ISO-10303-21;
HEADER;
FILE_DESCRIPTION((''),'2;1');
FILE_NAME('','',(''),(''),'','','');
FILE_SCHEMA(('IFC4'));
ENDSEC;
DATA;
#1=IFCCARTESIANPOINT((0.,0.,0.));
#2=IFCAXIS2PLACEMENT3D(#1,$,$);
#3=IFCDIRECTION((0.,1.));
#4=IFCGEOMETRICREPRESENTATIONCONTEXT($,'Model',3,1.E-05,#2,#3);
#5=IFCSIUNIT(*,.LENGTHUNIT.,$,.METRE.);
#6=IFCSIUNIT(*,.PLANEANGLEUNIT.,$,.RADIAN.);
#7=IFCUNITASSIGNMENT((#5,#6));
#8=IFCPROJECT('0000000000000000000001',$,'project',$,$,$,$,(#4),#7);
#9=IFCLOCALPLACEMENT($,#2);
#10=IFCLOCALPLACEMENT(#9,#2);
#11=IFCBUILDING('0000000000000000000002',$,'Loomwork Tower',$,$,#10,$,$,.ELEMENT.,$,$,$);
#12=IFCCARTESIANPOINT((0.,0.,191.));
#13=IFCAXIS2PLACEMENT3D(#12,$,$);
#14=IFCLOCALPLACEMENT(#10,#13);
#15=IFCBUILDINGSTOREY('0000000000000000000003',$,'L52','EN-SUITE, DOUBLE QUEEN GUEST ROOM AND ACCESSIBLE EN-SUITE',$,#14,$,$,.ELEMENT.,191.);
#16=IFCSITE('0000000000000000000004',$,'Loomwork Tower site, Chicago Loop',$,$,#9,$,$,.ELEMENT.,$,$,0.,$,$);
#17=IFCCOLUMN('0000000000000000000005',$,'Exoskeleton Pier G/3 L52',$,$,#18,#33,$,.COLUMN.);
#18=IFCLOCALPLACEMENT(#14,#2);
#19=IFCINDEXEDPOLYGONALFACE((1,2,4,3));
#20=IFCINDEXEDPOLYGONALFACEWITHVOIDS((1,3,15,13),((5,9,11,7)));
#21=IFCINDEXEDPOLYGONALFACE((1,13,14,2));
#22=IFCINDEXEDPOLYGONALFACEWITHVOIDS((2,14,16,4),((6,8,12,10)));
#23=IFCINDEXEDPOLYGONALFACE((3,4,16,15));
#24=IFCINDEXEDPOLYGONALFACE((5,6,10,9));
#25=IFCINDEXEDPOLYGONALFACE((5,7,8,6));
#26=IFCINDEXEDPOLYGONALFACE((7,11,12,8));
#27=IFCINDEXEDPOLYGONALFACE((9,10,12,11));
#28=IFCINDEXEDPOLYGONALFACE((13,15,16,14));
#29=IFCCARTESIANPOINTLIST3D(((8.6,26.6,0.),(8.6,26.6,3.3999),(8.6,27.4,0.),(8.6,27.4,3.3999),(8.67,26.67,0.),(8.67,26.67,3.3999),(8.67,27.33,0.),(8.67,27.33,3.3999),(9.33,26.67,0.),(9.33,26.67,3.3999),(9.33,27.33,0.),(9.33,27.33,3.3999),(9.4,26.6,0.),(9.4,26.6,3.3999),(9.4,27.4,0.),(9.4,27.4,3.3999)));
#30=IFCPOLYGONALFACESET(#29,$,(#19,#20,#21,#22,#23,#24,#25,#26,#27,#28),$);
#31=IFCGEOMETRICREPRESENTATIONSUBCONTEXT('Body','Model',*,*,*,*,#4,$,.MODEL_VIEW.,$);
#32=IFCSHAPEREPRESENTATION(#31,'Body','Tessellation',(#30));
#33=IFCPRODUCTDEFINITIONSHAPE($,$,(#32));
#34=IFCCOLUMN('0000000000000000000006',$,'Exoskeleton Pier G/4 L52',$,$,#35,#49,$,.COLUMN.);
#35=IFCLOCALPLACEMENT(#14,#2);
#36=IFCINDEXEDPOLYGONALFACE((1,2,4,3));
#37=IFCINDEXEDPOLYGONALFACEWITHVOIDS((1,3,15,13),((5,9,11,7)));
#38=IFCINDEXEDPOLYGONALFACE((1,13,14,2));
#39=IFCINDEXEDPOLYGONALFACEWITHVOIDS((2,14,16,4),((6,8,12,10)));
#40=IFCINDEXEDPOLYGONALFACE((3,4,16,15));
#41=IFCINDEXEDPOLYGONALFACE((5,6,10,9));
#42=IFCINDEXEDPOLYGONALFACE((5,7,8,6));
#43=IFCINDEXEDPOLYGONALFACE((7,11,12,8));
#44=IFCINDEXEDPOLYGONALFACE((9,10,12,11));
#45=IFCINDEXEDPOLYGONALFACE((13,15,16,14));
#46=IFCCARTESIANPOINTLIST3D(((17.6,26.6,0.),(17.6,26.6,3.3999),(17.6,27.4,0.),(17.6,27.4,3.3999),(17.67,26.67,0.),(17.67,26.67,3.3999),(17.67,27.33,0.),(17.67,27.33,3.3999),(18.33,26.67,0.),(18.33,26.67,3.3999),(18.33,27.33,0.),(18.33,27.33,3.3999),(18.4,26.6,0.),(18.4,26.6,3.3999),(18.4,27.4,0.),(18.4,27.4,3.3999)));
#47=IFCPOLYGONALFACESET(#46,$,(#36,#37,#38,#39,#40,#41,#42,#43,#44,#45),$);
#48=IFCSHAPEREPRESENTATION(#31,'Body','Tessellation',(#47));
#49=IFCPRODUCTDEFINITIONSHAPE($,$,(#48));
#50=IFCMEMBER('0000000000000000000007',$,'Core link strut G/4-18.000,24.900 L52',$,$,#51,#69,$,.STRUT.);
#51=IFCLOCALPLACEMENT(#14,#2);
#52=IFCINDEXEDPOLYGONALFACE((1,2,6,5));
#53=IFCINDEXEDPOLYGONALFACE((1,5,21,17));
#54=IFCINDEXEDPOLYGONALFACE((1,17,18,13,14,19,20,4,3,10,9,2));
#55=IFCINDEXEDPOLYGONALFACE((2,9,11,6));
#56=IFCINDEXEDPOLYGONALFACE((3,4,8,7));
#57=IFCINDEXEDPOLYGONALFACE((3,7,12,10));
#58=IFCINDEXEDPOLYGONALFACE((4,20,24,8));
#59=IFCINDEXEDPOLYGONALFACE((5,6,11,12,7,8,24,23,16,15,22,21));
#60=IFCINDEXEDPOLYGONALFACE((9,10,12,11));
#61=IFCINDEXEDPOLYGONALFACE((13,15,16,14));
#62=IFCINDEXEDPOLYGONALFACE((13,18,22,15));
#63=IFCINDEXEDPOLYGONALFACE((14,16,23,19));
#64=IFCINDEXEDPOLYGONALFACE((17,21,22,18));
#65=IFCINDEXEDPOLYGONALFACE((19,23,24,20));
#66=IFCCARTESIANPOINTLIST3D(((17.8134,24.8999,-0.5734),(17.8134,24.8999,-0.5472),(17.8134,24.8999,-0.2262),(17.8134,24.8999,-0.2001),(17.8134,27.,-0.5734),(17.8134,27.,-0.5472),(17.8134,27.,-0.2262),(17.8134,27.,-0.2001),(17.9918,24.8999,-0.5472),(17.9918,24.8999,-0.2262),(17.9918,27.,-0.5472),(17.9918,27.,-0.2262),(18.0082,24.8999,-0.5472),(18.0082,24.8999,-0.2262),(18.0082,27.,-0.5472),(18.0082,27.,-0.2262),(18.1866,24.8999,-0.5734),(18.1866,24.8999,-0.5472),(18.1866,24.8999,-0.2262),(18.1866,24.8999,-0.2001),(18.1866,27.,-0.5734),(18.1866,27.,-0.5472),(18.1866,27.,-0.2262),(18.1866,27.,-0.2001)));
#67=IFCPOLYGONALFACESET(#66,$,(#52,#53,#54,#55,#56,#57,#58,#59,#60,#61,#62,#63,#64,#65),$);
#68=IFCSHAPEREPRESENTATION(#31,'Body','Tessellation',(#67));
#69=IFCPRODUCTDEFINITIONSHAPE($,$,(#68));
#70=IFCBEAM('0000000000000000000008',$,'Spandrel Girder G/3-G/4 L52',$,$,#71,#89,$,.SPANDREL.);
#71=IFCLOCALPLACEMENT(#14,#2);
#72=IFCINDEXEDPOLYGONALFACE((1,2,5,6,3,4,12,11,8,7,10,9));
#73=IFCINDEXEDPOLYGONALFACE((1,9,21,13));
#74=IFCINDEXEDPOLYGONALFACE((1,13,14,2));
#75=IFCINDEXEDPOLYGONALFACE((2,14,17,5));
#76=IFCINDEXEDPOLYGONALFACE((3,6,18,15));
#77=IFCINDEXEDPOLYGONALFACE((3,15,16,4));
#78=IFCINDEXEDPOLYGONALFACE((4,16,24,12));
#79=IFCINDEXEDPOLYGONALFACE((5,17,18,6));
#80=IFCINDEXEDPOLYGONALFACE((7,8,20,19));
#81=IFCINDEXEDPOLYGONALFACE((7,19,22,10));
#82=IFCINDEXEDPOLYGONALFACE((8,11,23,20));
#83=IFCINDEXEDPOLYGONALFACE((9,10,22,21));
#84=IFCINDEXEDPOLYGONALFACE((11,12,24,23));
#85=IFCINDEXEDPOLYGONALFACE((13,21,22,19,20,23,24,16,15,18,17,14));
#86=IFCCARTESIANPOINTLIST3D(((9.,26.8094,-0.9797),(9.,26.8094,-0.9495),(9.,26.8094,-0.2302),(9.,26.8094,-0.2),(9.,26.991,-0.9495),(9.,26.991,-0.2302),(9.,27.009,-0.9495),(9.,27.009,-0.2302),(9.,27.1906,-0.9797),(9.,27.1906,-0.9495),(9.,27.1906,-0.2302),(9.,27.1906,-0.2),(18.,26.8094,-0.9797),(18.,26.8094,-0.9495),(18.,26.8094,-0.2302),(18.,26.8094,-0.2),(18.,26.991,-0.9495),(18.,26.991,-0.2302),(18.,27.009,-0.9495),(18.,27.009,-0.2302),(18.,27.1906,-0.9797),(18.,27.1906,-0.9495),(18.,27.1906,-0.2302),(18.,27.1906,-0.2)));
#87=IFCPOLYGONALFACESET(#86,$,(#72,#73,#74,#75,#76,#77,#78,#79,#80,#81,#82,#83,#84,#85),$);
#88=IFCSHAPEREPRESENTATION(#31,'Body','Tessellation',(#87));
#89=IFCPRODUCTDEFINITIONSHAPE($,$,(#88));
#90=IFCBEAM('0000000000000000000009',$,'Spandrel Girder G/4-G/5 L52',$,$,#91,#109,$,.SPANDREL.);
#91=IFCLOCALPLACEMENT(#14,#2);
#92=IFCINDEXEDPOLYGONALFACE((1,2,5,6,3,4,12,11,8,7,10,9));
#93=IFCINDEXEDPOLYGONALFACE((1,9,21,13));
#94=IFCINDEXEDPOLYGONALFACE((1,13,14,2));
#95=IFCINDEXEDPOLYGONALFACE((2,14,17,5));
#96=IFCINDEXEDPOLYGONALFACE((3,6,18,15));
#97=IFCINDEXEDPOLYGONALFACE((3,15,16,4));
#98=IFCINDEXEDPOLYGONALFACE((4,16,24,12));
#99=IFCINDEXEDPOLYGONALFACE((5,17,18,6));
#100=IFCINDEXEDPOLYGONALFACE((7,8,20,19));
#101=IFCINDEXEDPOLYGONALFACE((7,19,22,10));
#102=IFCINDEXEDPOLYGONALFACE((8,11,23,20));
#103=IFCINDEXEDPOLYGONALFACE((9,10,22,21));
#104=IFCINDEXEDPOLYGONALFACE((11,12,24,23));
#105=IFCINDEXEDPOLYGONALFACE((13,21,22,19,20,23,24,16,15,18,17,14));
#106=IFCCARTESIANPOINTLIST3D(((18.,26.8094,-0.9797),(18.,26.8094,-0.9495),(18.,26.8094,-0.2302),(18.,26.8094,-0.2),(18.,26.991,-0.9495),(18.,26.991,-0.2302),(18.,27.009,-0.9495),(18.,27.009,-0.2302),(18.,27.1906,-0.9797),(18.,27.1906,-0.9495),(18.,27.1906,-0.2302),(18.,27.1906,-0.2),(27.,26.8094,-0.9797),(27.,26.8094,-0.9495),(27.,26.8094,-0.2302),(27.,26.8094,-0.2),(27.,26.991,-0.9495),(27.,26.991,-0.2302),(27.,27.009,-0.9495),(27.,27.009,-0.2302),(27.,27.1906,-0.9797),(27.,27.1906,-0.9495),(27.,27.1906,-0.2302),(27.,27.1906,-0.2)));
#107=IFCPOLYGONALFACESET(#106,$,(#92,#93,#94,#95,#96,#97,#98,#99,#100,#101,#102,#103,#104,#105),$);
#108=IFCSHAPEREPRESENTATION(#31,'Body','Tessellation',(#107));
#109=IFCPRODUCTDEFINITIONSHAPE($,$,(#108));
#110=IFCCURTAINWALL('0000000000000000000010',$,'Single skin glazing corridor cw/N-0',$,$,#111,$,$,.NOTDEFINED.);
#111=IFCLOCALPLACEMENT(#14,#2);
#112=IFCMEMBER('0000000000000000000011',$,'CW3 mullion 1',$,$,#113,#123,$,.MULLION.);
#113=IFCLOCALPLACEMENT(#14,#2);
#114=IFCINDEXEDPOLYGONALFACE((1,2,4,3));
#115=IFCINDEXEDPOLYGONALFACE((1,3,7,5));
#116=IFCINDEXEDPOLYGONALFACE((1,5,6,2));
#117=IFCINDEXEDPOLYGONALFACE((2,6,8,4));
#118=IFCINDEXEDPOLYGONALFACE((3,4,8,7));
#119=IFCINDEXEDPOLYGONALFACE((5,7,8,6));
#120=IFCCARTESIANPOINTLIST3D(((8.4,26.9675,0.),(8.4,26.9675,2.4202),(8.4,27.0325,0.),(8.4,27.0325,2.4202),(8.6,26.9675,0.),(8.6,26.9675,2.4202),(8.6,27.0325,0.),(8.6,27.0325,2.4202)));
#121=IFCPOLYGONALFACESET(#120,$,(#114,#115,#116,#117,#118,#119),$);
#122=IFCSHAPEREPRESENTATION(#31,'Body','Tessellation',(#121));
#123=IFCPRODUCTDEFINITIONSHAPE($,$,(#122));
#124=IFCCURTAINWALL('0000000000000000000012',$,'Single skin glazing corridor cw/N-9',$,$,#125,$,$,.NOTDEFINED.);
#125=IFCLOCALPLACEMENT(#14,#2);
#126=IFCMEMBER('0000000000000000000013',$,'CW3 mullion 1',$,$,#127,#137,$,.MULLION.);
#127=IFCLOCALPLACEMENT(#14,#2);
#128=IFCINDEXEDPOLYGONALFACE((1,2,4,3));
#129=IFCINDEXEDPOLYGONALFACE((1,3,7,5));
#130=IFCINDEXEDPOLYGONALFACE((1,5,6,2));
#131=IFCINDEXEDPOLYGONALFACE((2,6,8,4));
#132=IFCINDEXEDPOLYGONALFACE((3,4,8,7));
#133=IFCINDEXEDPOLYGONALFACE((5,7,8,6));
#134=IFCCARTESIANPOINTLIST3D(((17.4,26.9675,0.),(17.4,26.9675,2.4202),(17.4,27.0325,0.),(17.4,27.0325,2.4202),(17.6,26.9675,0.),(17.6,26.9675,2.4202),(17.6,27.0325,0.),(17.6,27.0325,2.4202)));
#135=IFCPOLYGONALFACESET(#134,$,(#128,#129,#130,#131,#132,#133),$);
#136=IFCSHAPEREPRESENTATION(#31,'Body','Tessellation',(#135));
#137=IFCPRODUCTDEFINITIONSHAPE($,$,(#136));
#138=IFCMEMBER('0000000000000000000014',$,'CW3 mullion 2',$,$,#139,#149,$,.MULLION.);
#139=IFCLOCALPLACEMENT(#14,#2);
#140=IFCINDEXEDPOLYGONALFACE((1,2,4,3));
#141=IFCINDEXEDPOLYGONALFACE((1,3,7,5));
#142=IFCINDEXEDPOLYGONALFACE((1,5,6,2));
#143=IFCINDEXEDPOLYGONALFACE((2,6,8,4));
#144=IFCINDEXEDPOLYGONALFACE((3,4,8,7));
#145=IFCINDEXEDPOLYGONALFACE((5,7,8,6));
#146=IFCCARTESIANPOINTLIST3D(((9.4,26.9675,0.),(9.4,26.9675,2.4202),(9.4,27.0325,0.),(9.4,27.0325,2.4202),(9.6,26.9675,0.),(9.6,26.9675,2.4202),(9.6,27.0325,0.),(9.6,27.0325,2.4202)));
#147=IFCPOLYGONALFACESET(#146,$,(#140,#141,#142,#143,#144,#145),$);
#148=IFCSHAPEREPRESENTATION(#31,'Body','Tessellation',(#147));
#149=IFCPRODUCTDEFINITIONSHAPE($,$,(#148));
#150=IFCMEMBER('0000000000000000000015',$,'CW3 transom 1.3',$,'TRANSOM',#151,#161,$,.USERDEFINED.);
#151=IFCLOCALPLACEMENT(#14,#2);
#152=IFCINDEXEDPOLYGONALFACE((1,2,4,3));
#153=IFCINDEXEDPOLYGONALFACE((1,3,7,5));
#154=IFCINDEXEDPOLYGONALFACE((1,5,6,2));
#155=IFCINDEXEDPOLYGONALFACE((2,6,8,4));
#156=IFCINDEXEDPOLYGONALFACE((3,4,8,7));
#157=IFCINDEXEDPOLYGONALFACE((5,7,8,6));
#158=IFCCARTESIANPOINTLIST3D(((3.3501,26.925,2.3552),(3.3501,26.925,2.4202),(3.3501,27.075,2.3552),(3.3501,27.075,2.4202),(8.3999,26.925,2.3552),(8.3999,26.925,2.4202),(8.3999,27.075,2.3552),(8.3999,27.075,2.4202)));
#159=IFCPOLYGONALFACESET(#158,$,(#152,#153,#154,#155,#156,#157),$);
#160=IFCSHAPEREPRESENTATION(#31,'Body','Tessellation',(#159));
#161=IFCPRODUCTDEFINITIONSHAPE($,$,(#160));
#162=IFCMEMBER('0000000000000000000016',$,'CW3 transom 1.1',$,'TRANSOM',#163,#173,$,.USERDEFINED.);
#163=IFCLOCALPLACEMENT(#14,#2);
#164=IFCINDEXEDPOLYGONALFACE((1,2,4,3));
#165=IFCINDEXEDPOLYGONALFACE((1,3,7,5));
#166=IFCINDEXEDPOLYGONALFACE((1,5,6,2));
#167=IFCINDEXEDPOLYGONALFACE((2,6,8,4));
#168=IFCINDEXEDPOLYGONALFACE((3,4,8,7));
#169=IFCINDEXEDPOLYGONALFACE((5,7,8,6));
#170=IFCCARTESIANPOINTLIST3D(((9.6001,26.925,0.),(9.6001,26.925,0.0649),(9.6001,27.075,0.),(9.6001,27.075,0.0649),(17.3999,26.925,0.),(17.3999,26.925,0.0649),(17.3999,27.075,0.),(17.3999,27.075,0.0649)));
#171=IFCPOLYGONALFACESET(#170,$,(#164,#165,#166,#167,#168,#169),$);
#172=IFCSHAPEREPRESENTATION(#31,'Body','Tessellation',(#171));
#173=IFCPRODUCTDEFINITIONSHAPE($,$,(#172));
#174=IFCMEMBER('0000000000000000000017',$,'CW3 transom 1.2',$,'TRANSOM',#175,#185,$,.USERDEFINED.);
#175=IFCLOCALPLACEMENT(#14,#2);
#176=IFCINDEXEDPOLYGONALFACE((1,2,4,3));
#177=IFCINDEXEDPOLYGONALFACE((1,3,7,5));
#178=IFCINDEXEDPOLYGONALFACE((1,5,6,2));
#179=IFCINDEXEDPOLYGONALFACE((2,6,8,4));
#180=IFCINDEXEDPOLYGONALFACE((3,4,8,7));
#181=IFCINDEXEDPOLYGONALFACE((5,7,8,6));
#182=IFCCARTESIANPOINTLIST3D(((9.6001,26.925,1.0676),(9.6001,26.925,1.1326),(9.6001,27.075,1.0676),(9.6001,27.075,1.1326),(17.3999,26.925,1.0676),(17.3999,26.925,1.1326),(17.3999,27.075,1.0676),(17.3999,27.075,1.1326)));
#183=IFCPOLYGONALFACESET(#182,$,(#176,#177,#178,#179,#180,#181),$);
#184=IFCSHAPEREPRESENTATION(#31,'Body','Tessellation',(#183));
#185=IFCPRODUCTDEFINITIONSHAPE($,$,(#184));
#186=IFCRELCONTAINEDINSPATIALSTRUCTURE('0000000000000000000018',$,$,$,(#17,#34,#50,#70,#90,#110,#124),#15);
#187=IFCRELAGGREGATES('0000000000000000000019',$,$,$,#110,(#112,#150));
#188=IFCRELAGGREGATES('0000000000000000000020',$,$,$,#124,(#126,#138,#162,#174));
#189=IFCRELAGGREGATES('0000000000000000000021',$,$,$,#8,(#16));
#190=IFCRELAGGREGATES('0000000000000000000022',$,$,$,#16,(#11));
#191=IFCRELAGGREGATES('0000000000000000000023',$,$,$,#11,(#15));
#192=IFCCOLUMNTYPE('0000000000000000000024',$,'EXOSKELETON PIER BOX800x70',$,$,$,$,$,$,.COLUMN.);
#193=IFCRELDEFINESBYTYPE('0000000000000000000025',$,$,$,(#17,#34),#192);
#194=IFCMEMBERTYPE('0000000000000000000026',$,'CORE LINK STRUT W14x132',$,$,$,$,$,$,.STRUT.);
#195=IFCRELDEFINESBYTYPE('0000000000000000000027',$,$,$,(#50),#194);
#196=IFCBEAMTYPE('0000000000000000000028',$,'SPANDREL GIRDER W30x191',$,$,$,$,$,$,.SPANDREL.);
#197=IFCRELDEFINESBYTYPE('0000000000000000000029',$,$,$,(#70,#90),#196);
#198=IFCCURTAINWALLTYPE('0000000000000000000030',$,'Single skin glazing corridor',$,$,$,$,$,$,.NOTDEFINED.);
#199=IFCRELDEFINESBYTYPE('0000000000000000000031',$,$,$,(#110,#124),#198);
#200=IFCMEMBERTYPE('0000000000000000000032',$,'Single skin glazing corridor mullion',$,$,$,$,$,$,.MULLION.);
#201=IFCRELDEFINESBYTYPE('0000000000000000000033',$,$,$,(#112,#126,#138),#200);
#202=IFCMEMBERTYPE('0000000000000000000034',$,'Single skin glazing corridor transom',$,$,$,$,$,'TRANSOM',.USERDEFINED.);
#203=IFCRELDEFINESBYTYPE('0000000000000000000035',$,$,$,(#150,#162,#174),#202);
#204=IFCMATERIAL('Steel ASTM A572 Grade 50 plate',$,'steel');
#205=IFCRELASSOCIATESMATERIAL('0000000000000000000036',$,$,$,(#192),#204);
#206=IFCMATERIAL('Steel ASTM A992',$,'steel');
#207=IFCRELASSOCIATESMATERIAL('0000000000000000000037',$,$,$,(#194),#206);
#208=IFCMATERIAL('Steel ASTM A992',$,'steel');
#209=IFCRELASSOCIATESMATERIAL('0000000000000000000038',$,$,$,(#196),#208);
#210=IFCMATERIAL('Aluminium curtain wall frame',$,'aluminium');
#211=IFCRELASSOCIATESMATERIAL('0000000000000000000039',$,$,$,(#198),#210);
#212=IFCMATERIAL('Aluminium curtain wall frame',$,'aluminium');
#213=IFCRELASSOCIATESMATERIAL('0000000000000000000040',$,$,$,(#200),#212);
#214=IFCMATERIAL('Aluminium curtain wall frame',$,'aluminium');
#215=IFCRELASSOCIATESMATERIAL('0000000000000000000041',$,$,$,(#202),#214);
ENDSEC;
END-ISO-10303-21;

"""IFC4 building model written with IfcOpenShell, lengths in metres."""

from ifc_helpers import new_model, si_unit, direction, frame, origin, origin_2d, place, context, subcontext, project, spatial, rectangle, hollow_rectangle, i_section, extrude, material, material_profile, profile_set, type_object, element, aggregate, save


model = new_model("IFC4")

# Units and contexts
model_context = context("Model", 3, precision=1e-05, world=origin(), true_north=direction((0.0, 1.0)))
body_context = subcontext(model_context, "Body", "Model", "MODEL_VIEW")
ifc_project = project(units=[si_unit("LENGTHUNIT", "METRE"), si_unit("PLANEANGLEUNIT", "RADIAN")], contexts=[model_context])

# Site, building, storey
site_placement = place(None, origin())
site = spatial("IfcSite", under=ifc_project, at=site_placement, Name="Loomwork Tower site, Chicago Loop", CompositionType="ELEMENT", RefElevation=0.0)
building_placement = place(site_placement, origin())
building = spatial("IfcBuilding", under=site, at=building_placement, Name="Loomwork Tower", CompositionType="ELEMENT")
storey_placement = place(building_placement, frame((0.0, 0.0, 191.0)))
storey = spatial("IfcBuildingStorey", under=building, at=storey_placement, Name="L52", Description="EN-SUITE, DOUBLE QUEEN GUEST ROOM AND ACCESSIBLE EN-SUITE", CompositionType="ELEMENT", Elevation=191.0)

# Columns
ifc_material_1 = material(Name="Steel ASTM A572 Grade 50 plate", Category="steel")
ifc_material_profile_1 = material_profile(ifc_material_1, hollow_rectangle(XDim=0.8, YDim=0.8, WallThickness=0.0701, at=origin_2d()), Name="BOX800x70")
ifc_profile_set_1 = profile_set([ifc_material_profile_1], Name="Steel ASTM A572 Grade 50 plate")
column_type = type_object("IfcColumnType", Name="EXOSKELETON PIER BOX800x70", PredefinedType="COLUMN", material=ifc_profile_set_1)
for number, where, z_axis, x_axis, name in (
    (1, (9.0, 27.0, 0.0), (0.0, 0.0, 1.0), (1.0, 0.0, 0.0), "Exoskeleton Pier G/3 L52"),
    (2, (18.0, 27.0, 0.0), (0.0, 0.0, 1.0), (1.0, 0.0, 0.0), "Exoskeleton Pier G/4 L52"),
):
    element("IfcColumn", number, at=place(storey_placement, frame(where, z_axis=z_axis, x_axis=x_axis)), inside=storey, type_object=column_type, Name=name, PredefinedType="COLUMN", context=body_context, shape_type="SweptSolid", body=[
        extrude(hollow_rectangle(XDim=0.8, YDim=0.8, WallThickness=0.0701, at=origin_2d()), origin(), (0.0, 0.0, 1.0), 3.3999),
    ])

# Member
ifc_material_2 = material(Name="Steel ASTM A992", Category="steel")
ifc_material_profile_2 = material_profile(ifc_material_2, i_section(OverallWidth=0.3733, OverallDepth=0.3733, WebThickness=0.0164, FlangeThickness=0.0261, at=origin_2d()), Name="W14x132")
ifc_profile_set_2 = profile_set([ifc_material_profile_2], Name="Steel ASTM A992")
member_type_1 = type_object("IfcMemberType", Name="CORE LINK STRUT W14x132", PredefinedType="STRUT", material=ifc_profile_set_2)
member_1_placement = place(storey_placement, frame((18.0, 27.0, -0.3867), z_axis=(0.0, -1.0, 0.0), x_axis=(1.0, 0.0, 0.0)))
element("IfcMember", 3, at=member_1_placement, inside=storey, type_object=member_type_1, Name="Core link strut G/4-18.000,24.900 L52", PredefinedType="STRUT", context=body_context, shape_type="SweptSolid", body=[
    extrude(i_section(OverallWidth=0.3733, OverallDepth=0.3733, WebThickness=0.0164, FlangeThickness=0.0261, at=origin_2d()), origin(), (0.0, 0.0, 1.0), 2.1001),
])

# Beams
ifc_material_3 = material(Name="Steel ASTM A992", Category="steel")
ifc_material_profile_3 = material_profile(ifc_material_3, i_section(OverallWidth=0.3811, OverallDepth=0.7798, WebThickness=0.0181, FlangeThickness=0.0303, at=origin_2d()), Name="W30x191")
ifc_profile_set_3 = profile_set([ifc_material_profile_3], Name="Steel ASTM A992")
beam_type = type_object("IfcBeamType", Name="SPANDREL GIRDER W30x191", PredefinedType="SPANDREL", material=ifc_profile_set_3)
for number, where, z_axis, x_axis, name in (
    (4, (9.0, 27.0, -0.5898), (1.0, 0.0, 0.0), (0.0, 1.0, 0.0), "Spandrel Girder G/3-G/4 L52"),
    (5, (18.0, 27.0, -0.5898), (1.0, 0.0, 0.0), (0.0, 1.0, 0.0), "Spandrel Girder G/4-G/5 L52"),
):
    element("IfcBeam", number, at=place(storey_placement, frame(where, z_axis=z_axis, x_axis=x_axis)), inside=storey, type_object=beam_type, Name=name, PredefinedType="SPANDREL", context=body_context, shape_type="SweptSolid", body=[
        extrude(i_section(OverallWidth=0.3811, OverallDepth=0.7798, WebThickness=0.0181, FlangeThickness=0.0303, at=origin_2d()), origin(), (0.0, 0.0, 1.0), 9.0),
    ])

# Curtain wall, member
ifc_material_4 = material(Name="Aluminium curtain wall frame", Category="aluminium")
curtain_wall_type = type_object("IfcCurtainWallType", Name="Single skin glazing corridor", PredefinedType="NOTDEFINED", material=ifc_material_4)
curtain_wall_1_placement = place(storey_placement, origin())
curtain_wall_1 = element("IfcCurtainWall", 6, at=curtain_wall_1_placement, inside=storey, type_object=curtain_wall_type, Name="Single skin glazing corridor cw/N-0", PredefinedType="NOTDEFINED")
ifc_material_5 = material(Name="Aluminium curtain wall frame", Category="aluminium")
ifc_material_profile_4 = material_profile(ifc_material_5, rectangle(XDim=0.0649, YDim=0.2, at=origin_2d()), Name="AL 65x200")
ifc_profile_set_4 = profile_set([ifc_material_profile_4], Name="Aluminium curtain wall frame")
member_type_2 = type_object("IfcMemberType", Name="Single skin glazing corridor mullion", PredefinedType="MULLION", material=ifc_profile_set_4)
member_2_placement = place(storey_placement, frame((8.5, 27.0, 0.0), z_axis=(0.0, 0.0, 1.0), x_axis=(0.0, -1.0, 0.0)))
member_2 = element("IfcMember", 7, at=member_2_placement, type_object=member_type_2, Name="CW3 mullion 1", PredefinedType="MULLION", context=body_context, shape_type="SweptSolid", body=[
    extrude(rectangle(XDim=0.0649, YDim=0.2, at=origin_2d()), origin(), (0.0, 0.0, 1.0), 2.4202),
])

# Curtain wall, members
curtain_wall_2_placement = place(storey_placement, origin())
curtain_wall_2 = element("IfcCurtainWall", 8, at=curtain_wall_2_placement, inside=storey, type_object=curtain_wall_type, Name="Single skin glazing corridor cw/N-9", PredefinedType="NOTDEFINED")
member_3_placement = place(storey_placement, frame((17.5, 27.0, 0.0), z_axis=(0.0, 0.0, 1.0), x_axis=(0.0, -1.0, 0.0)))
member_3 = element("IfcMember", 9, at=member_3_placement, type_object=member_type_2, Name="CW3 mullion 1", PredefinedType="MULLION", context=body_context, shape_type="SweptSolid", body=[
    extrude(rectangle(XDim=0.0649, YDim=0.2, at=origin_2d()), origin(), (0.0, 0.0, 1.0), 2.4202),
])
member_4_placement = place(storey_placement, frame((9.5, 27.0, 0.0), z_axis=(0.0, 0.0, 1.0), x_axis=(0.0, -1.0, 0.0)))
member_4 = element("IfcMember", 10, at=member_4_placement, type_object=member_type_2, Name="CW3 mullion 2", PredefinedType="MULLION", context=body_context, shape_type="SweptSolid", body=[
    extrude(rectangle(XDim=0.0649, YDim=0.2, at=origin_2d()), origin(), (0.0, 0.0, 1.0), 2.4202),
])

# Members
ifc_material_6 = material(Name="Aluminium curtain wall frame", Category="aluminium")
ifc_material_profile_5 = material_profile(ifc_material_6, rectangle(XDim=0.1499, YDim=0.0649, at=origin_2d()), Name="AL 65x150")
ifc_profile_set_5 = profile_set([ifc_material_profile_5], Name="Aluminium curtain wall frame")
member_type_3 = type_object("IfcMemberType", Name="Single skin glazing corridor transom", ElementType="TRANSOM", PredefinedType="USERDEFINED", material=ifc_profile_set_5)
member_5_placement = place(storey_placement, frame((8.3999, 27.0, 2.3877), z_axis=(-1.0, 0.0, 0.0), x_axis=(0.0, -1.0, 0.0)))
member_5 = element("IfcMember", 11, at=member_5_placement, type_object=member_type_3, Name="CW3 transom 1.3", ObjectType="TRANSOM", PredefinedType="USERDEFINED", context=body_context, shape_type="SweptSolid", body=[
    extrude(rectangle(XDim=0.1499, YDim=0.0649, at=origin_2d()), origin(), (0.0, 0.0, 1.0), 5.0498),
])
aggregate(curtain_wall_1, [member_2, member_5])
member_6_placement = place(storey_placement, frame((17.3999, 27.0, 0.0325), z_axis=(-1.0, 0.0, 0.0), x_axis=(0.0, -1.0, 0.0)))
member_6 = element("IfcMember", 12, at=member_6_placement, type_object=member_type_3, Name="CW3 transom 1.1", ObjectType="TRANSOM", PredefinedType="USERDEFINED", context=body_context, shape_type="SweptSolid", body=[
    extrude(rectangle(XDim=0.1499, YDim=0.0649, at=origin_2d()), origin(), (0.0, 0.0, 1.0), 7.7998),
])
member_7_placement = place(storey_placement, frame((17.3999, 27.0, 1.1001), z_axis=(-1.0, 0.0, 0.0), x_axis=(0.0, -1.0, 0.0)))
member_7 = element("IfcMember", 13, at=member_7_placement, type_object=member_type_3, Name="CW3 transom 1.2", ObjectType="TRANSOM", PredefinedType="USERDEFINED", context=body_context, shape_type="SweptSolid", body=[
    extrude(rectangle(XDim=0.1499, YDim=0.0649, at=origin_2d()), origin(), (0.0, 0.0, 1.0), 7.7998),
])

aggregate(curtain_wall_2, [member_3, member_4, member_6, member_7])

save(model, "model.ifc")
